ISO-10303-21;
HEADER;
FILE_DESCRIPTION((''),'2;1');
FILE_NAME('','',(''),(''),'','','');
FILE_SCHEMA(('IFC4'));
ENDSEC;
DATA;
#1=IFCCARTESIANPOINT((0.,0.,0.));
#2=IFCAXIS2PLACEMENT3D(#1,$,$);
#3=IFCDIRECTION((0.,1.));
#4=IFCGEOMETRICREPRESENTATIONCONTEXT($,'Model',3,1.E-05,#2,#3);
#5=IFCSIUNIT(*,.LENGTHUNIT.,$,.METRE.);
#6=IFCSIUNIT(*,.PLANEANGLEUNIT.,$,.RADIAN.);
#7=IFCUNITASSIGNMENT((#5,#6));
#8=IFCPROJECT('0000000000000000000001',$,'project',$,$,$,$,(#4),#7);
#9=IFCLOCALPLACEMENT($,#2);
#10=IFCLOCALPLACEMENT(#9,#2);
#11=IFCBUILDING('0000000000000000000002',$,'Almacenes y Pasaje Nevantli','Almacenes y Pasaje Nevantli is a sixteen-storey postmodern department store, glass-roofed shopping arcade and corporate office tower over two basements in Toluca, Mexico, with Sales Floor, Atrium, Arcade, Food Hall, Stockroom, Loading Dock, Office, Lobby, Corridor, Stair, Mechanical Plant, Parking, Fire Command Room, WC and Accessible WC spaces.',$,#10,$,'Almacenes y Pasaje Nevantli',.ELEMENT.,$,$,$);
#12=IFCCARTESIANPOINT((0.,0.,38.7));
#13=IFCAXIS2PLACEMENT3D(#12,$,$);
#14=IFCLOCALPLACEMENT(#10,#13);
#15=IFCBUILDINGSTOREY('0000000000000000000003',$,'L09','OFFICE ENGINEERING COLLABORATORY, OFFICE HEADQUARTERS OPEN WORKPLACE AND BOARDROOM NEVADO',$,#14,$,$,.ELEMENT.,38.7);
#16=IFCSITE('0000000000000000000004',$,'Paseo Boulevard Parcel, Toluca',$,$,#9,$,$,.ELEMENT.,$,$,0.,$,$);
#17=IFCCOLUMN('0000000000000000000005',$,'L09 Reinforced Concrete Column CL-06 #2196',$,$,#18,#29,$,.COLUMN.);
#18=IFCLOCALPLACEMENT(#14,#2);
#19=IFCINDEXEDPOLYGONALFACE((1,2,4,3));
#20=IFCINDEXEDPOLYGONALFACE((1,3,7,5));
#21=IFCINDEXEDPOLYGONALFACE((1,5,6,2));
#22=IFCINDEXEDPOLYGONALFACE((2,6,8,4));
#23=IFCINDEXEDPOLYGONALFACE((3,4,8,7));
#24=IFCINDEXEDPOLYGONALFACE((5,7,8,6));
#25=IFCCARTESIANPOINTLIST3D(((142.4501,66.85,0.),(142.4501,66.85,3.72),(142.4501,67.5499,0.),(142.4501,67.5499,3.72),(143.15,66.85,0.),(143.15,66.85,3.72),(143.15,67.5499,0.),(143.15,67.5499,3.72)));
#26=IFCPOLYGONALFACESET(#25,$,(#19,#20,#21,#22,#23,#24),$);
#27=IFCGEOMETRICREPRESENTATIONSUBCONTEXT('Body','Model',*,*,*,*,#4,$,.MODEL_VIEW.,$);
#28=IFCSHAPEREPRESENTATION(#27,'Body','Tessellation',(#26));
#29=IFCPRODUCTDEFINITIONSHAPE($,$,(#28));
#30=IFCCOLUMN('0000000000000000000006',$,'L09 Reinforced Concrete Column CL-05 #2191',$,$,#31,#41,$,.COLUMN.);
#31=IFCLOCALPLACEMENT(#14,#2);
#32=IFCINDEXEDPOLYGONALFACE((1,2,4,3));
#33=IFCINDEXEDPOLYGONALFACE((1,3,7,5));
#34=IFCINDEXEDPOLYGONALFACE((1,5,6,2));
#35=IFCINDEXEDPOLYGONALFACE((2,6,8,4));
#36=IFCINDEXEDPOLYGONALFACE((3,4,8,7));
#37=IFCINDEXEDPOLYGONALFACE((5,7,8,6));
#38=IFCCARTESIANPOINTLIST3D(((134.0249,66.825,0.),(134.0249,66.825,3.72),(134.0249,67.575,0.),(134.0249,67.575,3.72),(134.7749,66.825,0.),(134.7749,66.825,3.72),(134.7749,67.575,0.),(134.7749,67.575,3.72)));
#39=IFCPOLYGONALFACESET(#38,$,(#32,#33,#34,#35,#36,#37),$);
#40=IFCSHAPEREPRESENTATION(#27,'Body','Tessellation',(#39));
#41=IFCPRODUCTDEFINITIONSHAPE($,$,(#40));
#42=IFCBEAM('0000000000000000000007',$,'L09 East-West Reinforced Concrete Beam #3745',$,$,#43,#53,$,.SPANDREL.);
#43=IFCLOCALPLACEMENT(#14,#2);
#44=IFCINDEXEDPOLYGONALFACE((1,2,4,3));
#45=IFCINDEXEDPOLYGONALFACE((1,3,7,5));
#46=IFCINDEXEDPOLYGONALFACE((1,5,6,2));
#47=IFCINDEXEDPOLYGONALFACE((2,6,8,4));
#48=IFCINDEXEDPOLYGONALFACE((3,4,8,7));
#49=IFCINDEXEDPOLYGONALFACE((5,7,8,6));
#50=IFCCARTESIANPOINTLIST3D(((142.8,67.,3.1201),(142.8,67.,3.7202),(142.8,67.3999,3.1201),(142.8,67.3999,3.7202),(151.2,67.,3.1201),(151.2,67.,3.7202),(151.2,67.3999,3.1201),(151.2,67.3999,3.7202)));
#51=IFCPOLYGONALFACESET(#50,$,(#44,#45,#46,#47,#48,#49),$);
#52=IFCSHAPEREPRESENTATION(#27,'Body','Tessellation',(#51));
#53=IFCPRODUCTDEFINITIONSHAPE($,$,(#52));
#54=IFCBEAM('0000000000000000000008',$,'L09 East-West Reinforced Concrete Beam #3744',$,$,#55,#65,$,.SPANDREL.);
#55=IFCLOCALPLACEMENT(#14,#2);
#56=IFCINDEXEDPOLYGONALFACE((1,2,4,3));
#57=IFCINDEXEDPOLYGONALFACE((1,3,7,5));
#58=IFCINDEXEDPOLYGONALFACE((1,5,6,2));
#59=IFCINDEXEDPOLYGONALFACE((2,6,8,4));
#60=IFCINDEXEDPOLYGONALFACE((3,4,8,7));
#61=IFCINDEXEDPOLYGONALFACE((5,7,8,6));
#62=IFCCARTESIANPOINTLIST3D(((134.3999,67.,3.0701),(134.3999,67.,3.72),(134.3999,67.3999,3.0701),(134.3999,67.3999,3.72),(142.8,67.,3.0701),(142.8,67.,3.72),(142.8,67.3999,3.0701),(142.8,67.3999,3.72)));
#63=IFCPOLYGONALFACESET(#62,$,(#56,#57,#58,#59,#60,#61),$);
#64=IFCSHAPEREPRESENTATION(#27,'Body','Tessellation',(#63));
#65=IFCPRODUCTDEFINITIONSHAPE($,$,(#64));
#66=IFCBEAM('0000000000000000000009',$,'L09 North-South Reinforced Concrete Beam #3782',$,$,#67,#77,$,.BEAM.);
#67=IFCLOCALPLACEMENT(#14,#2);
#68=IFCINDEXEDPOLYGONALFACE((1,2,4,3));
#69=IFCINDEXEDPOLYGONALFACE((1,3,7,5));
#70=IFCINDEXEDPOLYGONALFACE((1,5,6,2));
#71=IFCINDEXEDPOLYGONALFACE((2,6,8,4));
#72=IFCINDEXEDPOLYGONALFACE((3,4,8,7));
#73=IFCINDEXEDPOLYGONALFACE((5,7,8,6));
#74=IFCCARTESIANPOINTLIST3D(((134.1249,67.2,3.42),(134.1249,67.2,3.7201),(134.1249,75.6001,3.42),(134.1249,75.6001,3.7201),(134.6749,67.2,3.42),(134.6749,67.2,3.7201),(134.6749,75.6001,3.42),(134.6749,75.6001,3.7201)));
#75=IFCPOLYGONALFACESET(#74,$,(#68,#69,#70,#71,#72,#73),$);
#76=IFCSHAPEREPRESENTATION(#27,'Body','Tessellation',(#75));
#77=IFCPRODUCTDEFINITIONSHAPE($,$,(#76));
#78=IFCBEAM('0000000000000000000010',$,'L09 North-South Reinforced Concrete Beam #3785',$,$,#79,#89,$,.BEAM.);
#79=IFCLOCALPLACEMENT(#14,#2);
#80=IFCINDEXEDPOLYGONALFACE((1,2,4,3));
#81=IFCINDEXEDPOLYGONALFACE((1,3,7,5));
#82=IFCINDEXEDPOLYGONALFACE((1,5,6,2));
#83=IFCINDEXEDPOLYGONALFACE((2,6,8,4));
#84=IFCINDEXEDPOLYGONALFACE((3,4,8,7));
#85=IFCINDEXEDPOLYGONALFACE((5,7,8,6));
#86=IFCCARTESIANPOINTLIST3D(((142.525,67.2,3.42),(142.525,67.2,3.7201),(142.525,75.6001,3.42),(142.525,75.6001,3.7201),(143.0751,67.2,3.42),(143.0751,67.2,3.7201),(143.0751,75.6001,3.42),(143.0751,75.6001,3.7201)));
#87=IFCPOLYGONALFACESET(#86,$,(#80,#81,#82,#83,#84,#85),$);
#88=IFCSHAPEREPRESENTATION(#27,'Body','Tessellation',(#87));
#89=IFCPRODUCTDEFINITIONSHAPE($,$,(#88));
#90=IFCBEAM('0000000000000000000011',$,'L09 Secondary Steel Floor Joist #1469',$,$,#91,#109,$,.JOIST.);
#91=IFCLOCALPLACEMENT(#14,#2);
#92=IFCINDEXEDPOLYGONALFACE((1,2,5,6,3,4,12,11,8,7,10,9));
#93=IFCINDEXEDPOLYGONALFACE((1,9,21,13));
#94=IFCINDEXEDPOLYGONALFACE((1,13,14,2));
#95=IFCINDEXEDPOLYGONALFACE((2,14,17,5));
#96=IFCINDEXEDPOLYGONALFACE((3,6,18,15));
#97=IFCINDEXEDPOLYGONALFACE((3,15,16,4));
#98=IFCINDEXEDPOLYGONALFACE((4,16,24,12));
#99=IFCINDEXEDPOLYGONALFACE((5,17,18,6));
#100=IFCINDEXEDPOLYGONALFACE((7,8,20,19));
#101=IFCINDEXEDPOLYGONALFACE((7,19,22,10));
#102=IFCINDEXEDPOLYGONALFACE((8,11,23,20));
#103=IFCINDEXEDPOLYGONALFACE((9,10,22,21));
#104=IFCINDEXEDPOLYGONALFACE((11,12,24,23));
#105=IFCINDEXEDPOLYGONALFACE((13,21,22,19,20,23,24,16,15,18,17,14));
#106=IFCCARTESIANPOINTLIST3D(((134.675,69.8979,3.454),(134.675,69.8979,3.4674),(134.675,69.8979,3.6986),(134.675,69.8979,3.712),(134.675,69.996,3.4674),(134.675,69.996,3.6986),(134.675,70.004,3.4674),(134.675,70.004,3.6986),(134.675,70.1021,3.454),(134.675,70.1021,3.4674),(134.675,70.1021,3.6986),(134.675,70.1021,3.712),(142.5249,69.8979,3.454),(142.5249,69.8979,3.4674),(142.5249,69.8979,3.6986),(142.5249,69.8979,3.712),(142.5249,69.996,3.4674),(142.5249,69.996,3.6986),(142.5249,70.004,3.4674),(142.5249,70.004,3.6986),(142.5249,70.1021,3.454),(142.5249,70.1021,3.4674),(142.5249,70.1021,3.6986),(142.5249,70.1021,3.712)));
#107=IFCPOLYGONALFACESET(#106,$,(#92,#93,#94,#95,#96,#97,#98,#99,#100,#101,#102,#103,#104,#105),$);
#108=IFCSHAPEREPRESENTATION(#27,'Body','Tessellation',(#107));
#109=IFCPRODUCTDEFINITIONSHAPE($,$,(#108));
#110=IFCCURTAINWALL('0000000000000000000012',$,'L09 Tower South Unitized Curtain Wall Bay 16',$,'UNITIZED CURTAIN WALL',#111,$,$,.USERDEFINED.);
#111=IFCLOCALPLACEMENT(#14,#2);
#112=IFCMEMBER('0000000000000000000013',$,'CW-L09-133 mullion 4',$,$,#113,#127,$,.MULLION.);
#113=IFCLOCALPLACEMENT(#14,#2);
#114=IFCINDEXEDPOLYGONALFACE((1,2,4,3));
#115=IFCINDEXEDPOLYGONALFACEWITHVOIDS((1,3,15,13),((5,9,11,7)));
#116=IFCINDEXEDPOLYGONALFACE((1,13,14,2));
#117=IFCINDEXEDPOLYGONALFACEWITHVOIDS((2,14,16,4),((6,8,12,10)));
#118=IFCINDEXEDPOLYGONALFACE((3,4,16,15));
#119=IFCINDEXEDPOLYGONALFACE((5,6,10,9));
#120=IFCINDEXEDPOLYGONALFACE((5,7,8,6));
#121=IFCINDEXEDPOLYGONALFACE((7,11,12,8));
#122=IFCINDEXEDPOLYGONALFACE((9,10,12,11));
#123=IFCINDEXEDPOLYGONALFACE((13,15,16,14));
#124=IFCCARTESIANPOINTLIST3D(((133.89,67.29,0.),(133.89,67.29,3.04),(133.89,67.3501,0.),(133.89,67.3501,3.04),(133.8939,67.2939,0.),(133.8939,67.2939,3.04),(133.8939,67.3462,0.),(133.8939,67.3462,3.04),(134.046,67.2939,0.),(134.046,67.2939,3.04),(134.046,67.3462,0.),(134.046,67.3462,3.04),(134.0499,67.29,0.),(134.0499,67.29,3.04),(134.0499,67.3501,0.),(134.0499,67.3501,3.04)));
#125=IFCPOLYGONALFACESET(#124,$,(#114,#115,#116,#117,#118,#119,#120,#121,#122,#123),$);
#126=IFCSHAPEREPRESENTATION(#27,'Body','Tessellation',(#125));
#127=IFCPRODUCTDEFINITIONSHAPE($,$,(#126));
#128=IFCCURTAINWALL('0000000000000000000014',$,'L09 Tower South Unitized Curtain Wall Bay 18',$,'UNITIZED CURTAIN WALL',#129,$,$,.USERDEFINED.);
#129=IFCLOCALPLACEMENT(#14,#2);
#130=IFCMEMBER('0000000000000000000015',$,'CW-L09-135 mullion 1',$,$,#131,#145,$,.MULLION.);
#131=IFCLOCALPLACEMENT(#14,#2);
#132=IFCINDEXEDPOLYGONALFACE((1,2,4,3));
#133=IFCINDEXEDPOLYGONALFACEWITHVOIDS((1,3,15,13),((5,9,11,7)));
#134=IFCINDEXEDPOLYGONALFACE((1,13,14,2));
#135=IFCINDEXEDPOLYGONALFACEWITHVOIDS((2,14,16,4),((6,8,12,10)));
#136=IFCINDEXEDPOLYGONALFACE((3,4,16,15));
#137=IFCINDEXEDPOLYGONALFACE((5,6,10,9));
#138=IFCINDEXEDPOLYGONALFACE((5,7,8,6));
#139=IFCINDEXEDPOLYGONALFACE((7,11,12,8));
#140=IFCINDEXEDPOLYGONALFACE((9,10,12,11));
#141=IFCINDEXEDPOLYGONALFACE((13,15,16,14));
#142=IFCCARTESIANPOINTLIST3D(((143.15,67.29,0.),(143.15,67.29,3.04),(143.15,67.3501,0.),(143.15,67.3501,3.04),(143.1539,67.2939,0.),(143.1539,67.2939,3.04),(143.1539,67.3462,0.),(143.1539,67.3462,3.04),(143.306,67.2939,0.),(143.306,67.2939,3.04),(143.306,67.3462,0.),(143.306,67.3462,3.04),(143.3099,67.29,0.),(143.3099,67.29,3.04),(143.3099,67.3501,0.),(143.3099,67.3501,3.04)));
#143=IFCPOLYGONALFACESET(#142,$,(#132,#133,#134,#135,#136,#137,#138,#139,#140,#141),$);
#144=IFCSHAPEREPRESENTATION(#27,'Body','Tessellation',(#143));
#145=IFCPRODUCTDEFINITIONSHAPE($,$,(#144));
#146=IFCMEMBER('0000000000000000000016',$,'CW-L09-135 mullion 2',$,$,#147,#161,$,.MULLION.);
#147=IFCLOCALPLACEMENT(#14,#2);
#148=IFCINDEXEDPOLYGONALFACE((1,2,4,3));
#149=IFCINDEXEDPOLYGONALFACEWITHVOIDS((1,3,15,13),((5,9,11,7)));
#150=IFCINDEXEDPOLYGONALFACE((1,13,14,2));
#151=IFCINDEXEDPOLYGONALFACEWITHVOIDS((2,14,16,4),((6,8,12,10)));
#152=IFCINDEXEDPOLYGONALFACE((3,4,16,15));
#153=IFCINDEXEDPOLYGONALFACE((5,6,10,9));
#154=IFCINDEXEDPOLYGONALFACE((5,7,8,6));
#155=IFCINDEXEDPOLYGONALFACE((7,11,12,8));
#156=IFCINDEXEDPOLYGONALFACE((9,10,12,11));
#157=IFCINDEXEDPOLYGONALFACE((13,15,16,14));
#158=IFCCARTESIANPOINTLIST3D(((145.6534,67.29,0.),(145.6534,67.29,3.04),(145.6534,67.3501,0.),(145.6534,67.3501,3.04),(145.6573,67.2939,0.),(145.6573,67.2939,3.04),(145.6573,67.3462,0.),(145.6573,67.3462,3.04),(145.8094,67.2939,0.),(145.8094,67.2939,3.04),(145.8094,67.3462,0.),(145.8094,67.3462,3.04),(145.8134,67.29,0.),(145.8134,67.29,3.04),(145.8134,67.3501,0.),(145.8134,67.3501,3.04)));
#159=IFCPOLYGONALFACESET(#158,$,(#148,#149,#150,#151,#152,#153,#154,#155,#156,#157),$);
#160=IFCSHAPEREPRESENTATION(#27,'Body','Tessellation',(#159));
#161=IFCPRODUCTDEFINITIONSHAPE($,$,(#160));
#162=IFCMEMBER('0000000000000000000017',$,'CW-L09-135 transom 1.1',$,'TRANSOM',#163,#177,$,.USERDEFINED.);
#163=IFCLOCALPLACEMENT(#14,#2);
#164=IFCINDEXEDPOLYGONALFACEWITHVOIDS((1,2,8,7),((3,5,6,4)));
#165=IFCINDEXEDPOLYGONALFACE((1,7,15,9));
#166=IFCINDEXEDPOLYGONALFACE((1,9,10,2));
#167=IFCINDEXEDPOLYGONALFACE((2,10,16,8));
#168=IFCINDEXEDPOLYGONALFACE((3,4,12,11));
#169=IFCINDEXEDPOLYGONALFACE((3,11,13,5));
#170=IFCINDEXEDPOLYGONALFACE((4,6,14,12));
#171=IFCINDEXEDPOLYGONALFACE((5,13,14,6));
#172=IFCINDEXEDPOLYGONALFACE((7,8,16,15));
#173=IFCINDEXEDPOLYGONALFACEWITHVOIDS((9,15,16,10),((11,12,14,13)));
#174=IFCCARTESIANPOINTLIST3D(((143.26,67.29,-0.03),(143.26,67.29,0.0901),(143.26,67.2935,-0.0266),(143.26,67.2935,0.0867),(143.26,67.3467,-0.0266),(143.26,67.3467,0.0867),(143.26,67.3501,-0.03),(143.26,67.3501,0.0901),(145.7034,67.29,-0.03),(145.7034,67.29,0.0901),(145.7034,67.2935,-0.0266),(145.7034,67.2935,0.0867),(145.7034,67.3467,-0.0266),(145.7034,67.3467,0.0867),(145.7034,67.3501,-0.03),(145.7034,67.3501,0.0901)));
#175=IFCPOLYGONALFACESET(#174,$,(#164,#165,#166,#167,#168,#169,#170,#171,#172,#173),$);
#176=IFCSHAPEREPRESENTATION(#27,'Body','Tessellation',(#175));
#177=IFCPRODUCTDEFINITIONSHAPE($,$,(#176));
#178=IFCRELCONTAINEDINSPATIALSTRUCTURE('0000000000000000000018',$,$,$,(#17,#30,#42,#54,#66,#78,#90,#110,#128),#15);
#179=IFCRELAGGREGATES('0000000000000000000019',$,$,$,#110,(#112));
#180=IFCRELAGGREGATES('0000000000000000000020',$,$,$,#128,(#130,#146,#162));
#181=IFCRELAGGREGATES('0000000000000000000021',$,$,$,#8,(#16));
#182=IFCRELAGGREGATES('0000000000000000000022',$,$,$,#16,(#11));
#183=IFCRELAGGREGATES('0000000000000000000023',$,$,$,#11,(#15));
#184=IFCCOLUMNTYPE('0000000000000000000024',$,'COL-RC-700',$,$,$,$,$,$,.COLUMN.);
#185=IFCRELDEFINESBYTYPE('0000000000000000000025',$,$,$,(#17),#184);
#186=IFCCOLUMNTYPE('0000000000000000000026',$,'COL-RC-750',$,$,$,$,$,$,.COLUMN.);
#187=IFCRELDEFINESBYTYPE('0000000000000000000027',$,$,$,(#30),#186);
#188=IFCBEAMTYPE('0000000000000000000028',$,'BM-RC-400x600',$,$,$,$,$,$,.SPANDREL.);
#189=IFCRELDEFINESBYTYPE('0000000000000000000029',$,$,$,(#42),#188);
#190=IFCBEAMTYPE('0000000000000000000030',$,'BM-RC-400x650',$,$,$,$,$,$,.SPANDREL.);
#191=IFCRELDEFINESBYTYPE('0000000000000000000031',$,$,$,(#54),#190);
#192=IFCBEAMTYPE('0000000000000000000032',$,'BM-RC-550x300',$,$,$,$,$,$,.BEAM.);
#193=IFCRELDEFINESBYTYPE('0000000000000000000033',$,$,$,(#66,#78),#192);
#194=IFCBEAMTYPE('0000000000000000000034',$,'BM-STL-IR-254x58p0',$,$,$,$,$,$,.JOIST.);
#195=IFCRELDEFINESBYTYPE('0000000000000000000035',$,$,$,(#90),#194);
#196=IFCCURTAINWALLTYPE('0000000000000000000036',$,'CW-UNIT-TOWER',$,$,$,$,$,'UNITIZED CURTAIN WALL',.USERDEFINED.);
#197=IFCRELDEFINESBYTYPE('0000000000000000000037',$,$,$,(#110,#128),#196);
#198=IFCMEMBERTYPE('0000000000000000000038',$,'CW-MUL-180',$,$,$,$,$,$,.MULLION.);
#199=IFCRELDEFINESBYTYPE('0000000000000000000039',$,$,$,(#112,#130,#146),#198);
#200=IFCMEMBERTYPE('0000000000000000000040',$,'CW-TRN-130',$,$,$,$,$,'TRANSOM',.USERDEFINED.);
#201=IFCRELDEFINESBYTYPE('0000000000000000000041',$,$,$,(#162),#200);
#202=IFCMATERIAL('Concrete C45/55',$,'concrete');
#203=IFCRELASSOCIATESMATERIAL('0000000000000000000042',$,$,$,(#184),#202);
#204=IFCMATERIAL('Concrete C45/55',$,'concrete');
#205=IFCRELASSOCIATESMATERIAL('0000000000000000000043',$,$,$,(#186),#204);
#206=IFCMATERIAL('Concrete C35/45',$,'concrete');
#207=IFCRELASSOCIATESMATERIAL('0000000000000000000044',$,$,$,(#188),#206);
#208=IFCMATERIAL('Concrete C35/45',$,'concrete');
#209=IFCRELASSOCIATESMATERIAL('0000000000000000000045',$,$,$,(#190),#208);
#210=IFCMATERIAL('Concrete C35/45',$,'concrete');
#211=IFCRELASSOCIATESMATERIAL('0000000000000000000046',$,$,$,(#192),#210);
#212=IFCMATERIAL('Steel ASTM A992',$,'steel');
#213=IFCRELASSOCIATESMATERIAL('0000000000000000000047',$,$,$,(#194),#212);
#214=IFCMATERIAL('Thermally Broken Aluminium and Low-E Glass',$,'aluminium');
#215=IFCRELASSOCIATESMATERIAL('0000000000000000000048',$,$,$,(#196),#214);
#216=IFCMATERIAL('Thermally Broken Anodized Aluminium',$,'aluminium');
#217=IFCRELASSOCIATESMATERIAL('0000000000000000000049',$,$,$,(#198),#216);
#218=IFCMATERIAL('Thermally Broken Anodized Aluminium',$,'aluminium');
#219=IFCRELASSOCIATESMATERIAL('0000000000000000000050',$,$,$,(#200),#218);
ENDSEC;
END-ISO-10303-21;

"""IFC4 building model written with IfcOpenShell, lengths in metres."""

from ifc_helpers import new_model, si_unit, direction, frame, origin, origin_2d, place, context, subcontext, project, spatial, rectangle, hollow_rectangle, i_section, extrude, material, material_profile, profile_set, type_object, element, aggregate, save


model = new_model("IFC4")

# Units and contexts
model_context = context("Model", 3, precision=1e-05, world=origin(), true_north=direction((0.0, 1.0)))
body_context = subcontext(model_context, "Body", "Model", "MODEL_VIEW")
ifc_project = project(units=[si_unit("LENGTHUNIT", "METRE"), si_unit("PLANEANGLEUNIT", "RADIAN")], contexts=[model_context])

# Site, building, storey
site_placement = place(None, origin())
site = spatial("IfcSite", under=ifc_project, at=site_placement, Name="Paseo Boulevard Parcel, Toluca", CompositionType="ELEMENT", RefElevation=0.0)
building_placement = place(site_placement, origin())
building = spatial("IfcBuilding", under=site, at=building_placement, Name="Almacenes y Pasaje Nevantli", Description="Almacenes y Pasaje Nevantli is a sixteen-storey postmodern department store, glass-roofed shopping arcade and corporate office tower over two basements in Toluca, Mexico, with Sales Floor, Atrium, Arcade, Food Hall, Stockroom, Loading Dock, Office, Lobby, Corridor, Stair, Mechanical Plant, Parking, Fire Command Room, WC and Accessible WC spaces.", LongName="Almacenes y Pasaje Nevantli", CompositionType="ELEMENT")
storey_placement = place(building_placement, frame((0.0, 0.0, 38.7)))
storey = spatial("IfcBuildingStorey", under=building, at=storey_placement, Name="L09", Description="OFFICE ENGINEERING COLLABORATORY, OFFICE HEADQUARTERS OPEN WORKPLACE AND BOARDROOM NEVADO", CompositionType="ELEMENT", Elevation=38.7)

# Columns
ifc_material_1 = material(Name="Concrete C45/55", Category="concrete")
ifc_material_profile_1 = material_profile(ifc_material_1, rectangle(XDim=0.7, YDim=0.7, at=origin_2d()), Name="RC-COL-700x700")
ifc_profile_set_1 = profile_set([ifc_material_profile_1], Name="Concrete C45/55")
column_type_1 = type_object("IfcColumnType", Name="COL-RC-700", PredefinedType="COLUMN", material=ifc_profile_set_1)
column_1_placement = place(storey_placement, frame((142.8, 67.2, 0.0), z_axis=(0.0, 0.0, 1.0), x_axis=(1.0, 0.0, 0.0)))
element("IfcColumn", 1, at=column_1_placement, inside=storey, type_object=column_type_1, Name="L09 Reinforced Concrete Column CL-06 #2196", PredefinedType="COLUMN", context=body_context, shape_type="SweptSolid", body=[
    extrude(rectangle(XDim=0.7, YDim=0.7, at=origin_2d()), origin(), (0.0, 0.0, 1.0), 3.72),
])
ifc_material_2 = material(Name="Concrete C45/55", Category="concrete")
ifc_material_profile_2 = material_profile(ifc_material_2, rectangle(XDim=0.75, YDim=0.75, at=origin_2d()), Name="RC-COL-750x750")
ifc_profile_set_2 = profile_set([ifc_material_profile_2], Name="Concrete C45/55")
column_type_2 = type_object("IfcColumnType", Name="COL-RC-750", PredefinedType="COLUMN", material=ifc_profile_set_2)
column_2_placement = place(storey_placement, frame((134.3999, 67.2, 0.0), z_axis=(0.0, 0.0, 1.0), x_axis=(1.0, 0.0, 0.0)))
element("IfcColumn", 2, at=column_2_placement, inside=storey, type_object=column_type_2, Name="L09 Reinforced Concrete Column CL-05 #2191", PredefinedType="COLUMN", context=body_context, shape_type="SweptSolid", body=[
    extrude(rectangle(XDim=0.75, YDim=0.75, at=origin_2d()), origin(), (0.0, 0.0, 1.0), 3.72),
])

# Beams
ifc_material_3 = material(Name="Concrete C35/45", Category="concrete")
ifc_material_profile_3 = material_profile(ifc_material_3, rectangle(XDim=0.3999, YDim=0.6001, at=origin_2d()), Name="RC-BM-400x600")
ifc_profile_set_3 = profile_set([ifc_material_profile_3], Name="Concrete C35/45")
beam_type_1 = type_object("IfcBeamType", Name="BM-RC-400x600", PredefinedType="SPANDREL", material=ifc_profile_set_3)
beam_1_placement = place(storey_placement, frame((142.8, 67.2, 3.4202), z_axis=(1.0, 0.0, 0.0), x_axis=(0.0, 1.0, 0.0)))
element("IfcBeam", 3, at=beam_1_placement, inside=storey, type_object=beam_type_1, Name="L09 East-West Reinforced Concrete Beam #3745", PredefinedType="SPANDREL", context=body_context, shape_type="SweptSolid", body=[
    extrude(rectangle(XDim=0.3999, YDim=0.6001, at=origin_2d()), origin(), (0.0, 0.0, 1.0), 8.3999),
])
ifc_material_4 = material(Name="Concrete C35/45", Category="concrete")
ifc_material_profile_4 = material_profile(ifc_material_4, rectangle(XDim=0.3999, YDim=0.6499, at=origin_2d()), Name="RC-BM-400x650")
ifc_profile_set_4 = profile_set([ifc_material_profile_4], Name="Concrete C35/45")
beam_type_2 = type_object("IfcBeamType", Name="BM-RC-400x650", PredefinedType="SPANDREL", material=ifc_profile_set_4)
beam_2_placement = place(storey_placement, frame((134.3999, 67.2, 3.395), z_axis=(1.0, 0.0, 0.0), x_axis=(0.0, 1.0, 0.0)))
element("IfcBeam", 4, at=beam_2_placement, inside=storey, type_object=beam_type_2, Name="L09 East-West Reinforced Concrete Beam #3744", PredefinedType="SPANDREL", context=body_context, shape_type="SweptSolid", body=[
    extrude(rectangle(XDim=0.3999, YDim=0.6499, at=origin_2d()), origin(), (0.0, 0.0, 1.0), 8.4001),
])
ifc_material_5 = material(Name="Concrete C35/45", Category="concrete")
ifc_material_profile_5 = material_profile(ifc_material_5, rectangle(XDim=0.55, YDim=0.3, at=origin_2d()), Name="RC-BM-550x300")
ifc_profile_set_5 = profile_set([ifc_material_profile_5], Name="Concrete C35/45")
beam_type_3 = type_object("IfcBeamType", Name="BM-RC-550x300", PredefinedType="BEAM", material=ifc_profile_set_5)
for number, where, z_axis, x_axis, name in (
    (5, (134.3999, 67.2, 3.5701), (0.0, 1.0, 0.0), (-1.0, 0.0, 0.0), "L09 North-South Reinforced Concrete Beam #3782"),
    (6, (142.8, 67.2, 3.5701), (0.0, 1.0, 0.0), (-1.0, 0.0, 0.0), "L09 North-South Reinforced Concrete Beam #3785"),
):
    element("IfcBeam", number, at=place(storey_placement, frame(where, z_axis=z_axis, x_axis=x_axis)), inside=storey, type_object=beam_type_3, Name=name, PredefinedType="BEAM", context=body_context, shape_type="SweptSolid", body=[
        extrude(rectangle(XDim=0.55, YDim=0.3, at=origin_2d()), origin(), (0.0, 0.0, 1.0), 8.4001),
    ])
ifc_material_6 = material(Name="Steel ASTM A992", Category="steel")
ifc_material_profile_6 = material_profile(ifc_material_6, i_section(OverallWidth=0.2041, OverallDepth=0.2581, WebThickness=0.0081, FlangeThickness=0.0134, at=origin_2d()), Name="IR 254x58.0")
ifc_profile_set_6 = profile_set([ifc_material_profile_6], Name="Steel ASTM A992")
beam_type_4 = type_object("IfcBeamType", Name="BM-STL-IR-254x58p0", PredefinedType="JOIST", material=ifc_profile_set_6)
beam_3_placement = place(storey_placement, frame((134.675, 70.0, 3.583), z_axis=(1.0, 0.0, 0.0), x_axis=(0.0, 1.0, 0.0)))
element("IfcBeam", 7, at=beam_3_placement, inside=storey, type_object=beam_type_4, Name="L09 Secondary Steel Floor Joist #1469", PredefinedType="JOIST", context=body_context, shape_type="SweptSolid", body=[
    extrude(i_section(OverallWidth=0.2041, OverallDepth=0.2581, WebThickness=0.0081, FlangeThickness=0.0134, at=origin_2d()), origin(), (0.0, 0.0, 1.0), 7.8499),
])

# Curtain wall, member
ifc_material_7 = material(Name="Thermally Broken Aluminium and Low-E Glass", Category="aluminium")
curtain_wall_type = type_object("IfcCurtainWallType", Name="CW-UNIT-TOWER", ElementType="UNITIZED CURTAIN WALL", PredefinedType="USERDEFINED", material=ifc_material_7)
curtain_wall_1_placement = place(storey_placement, origin())
curtain_wall_1 = element("IfcCurtainWall", 8, at=curtain_wall_1_placement, inside=storey, type_object=curtain_wall_type, Name="L09 Tower South Unitized Curtain Wall Bay 16", ObjectType="UNITIZED CURTAIN WALL", PredefinedType="USERDEFINED")
ifc_material_8 = material(Name="Thermally Broken Anodized Aluminium", Category="aluminium")
ifc_material_profile_7 = material_profile(ifc_material_8, hollow_rectangle(XDim=0.0601, YDim=0.1599, WallThickness=0.0039, at=origin_2d()), Name="ALU-MUL-60x160")
ifc_profile_set_7 = profile_set([ifc_material_profile_7], Name="Thermally Broken Anodized Aluminium")
member_type_1 = type_object("IfcMemberType", Name="CW-MUL-180", PredefinedType="MULLION", material=ifc_profile_set_7)
member_1_placement = place(storey_placement, frame((133.97, 67.3201, 0.0), z_axis=(0.0, 0.0, 1.0), x_axis=(0.0, 1.0, 0.0)))
member_1 = element("IfcMember", 9, at=member_1_placement, type_object=member_type_1, Name="CW-L09-133 mullion 4", PredefinedType="MULLION", context=body_context, shape_type="SweptSolid", body=[
    extrude(hollow_rectangle(XDim=0.0601, YDim=0.1599, WallThickness=0.0039, at=origin_2d()), origin(), (0.0, 0.0, 1.0), 3.04),
])

# Curtain wall, members
curtain_wall_2_placement = place(storey_placement, origin())
curtain_wall_2 = element("IfcCurtainWall", 10, at=curtain_wall_2_placement, inside=storey, type_object=curtain_wall_type, Name="L09 Tower South Unitized Curtain Wall Bay 18", ObjectType="UNITIZED CURTAIN WALL", PredefinedType="USERDEFINED")
member_2_placement = place(storey_placement, frame((143.23, 67.3201, 0.0), z_axis=(0.0, 0.0, 1.0), x_axis=(0.0, 1.0, 0.0)))
member_2 = element("IfcMember", 11, at=member_2_placement, type_object=member_type_1, Name="CW-L09-135 mullion 1", PredefinedType="MULLION", context=body_context, shape_type="SweptSolid", body=[
    extrude(hollow_rectangle(XDim=0.0601, YDim=0.1599, WallThickness=0.0039, at=origin_2d()), origin(), (0.0, 0.0, 1.0), 3.04),
])
member_3_placement = place(storey_placement, frame((145.7334, 67.3201, 0.0), z_axis=(0.0, 0.0, 1.0), x_axis=(0.0, 1.0, 0.0)))
member_3 = element("IfcMember", 12, at=member_3_placement, type_object=member_type_1, Name="CW-L09-135 mullion 2", PredefinedType="MULLION", context=body_context, shape_type="SweptSolid", body=[
    extrude(hollow_rectangle(XDim=0.0601, YDim=0.1599, WallThickness=0.0039, at=origin_2d()), origin(), (0.0, 0.0, 1.0), 3.04),
])
ifc_material_9 = material(Name="Thermally Broken Anodized Aluminium", Category="aluminium")
ifc_material_profile_8 = material_profile(ifc_material_9, hollow_rectangle(XDim=0.0601, YDim=0.1201, WallThickness=0.0034, at=origin_2d()), Name="ALU-TRN-60x120")
ifc_profile_set_8 = profile_set([ifc_material_profile_8], Name="Thermally Broken Anodized Aluminium")
member_type_2 = type_object("IfcMemberType", Name="CW-TRN-130", ElementType="TRANSOM", PredefinedType="USERDEFINED", material=ifc_profile_set_8)
member_4_placement = place(storey_placement, frame((143.26, 67.3201, 0.03), z_axis=(1.0, 0.0, 0.0), x_axis=(0.0, 1.0, 0.0)))
member_4 = element("IfcMember", 13, at=member_4_placement, type_object=member_type_2, Name="CW-L09-135 transom 1.1", ObjectType="TRANSOM", PredefinedType="USERDEFINED", context=body_context, shape_type="SweptSolid", body=[
    extrude(hollow_rectangle(XDim=0.0601, YDim=0.1201, WallThickness=0.0034, at=origin_2d()), origin(), (0.0, 0.0, 1.0), 2.4434),
])

aggregate(curtain_wall_1, [member_1])
aggregate(curtain_wall_2, [member_2, member_3, member_4])

save(model, "model.ifc")
